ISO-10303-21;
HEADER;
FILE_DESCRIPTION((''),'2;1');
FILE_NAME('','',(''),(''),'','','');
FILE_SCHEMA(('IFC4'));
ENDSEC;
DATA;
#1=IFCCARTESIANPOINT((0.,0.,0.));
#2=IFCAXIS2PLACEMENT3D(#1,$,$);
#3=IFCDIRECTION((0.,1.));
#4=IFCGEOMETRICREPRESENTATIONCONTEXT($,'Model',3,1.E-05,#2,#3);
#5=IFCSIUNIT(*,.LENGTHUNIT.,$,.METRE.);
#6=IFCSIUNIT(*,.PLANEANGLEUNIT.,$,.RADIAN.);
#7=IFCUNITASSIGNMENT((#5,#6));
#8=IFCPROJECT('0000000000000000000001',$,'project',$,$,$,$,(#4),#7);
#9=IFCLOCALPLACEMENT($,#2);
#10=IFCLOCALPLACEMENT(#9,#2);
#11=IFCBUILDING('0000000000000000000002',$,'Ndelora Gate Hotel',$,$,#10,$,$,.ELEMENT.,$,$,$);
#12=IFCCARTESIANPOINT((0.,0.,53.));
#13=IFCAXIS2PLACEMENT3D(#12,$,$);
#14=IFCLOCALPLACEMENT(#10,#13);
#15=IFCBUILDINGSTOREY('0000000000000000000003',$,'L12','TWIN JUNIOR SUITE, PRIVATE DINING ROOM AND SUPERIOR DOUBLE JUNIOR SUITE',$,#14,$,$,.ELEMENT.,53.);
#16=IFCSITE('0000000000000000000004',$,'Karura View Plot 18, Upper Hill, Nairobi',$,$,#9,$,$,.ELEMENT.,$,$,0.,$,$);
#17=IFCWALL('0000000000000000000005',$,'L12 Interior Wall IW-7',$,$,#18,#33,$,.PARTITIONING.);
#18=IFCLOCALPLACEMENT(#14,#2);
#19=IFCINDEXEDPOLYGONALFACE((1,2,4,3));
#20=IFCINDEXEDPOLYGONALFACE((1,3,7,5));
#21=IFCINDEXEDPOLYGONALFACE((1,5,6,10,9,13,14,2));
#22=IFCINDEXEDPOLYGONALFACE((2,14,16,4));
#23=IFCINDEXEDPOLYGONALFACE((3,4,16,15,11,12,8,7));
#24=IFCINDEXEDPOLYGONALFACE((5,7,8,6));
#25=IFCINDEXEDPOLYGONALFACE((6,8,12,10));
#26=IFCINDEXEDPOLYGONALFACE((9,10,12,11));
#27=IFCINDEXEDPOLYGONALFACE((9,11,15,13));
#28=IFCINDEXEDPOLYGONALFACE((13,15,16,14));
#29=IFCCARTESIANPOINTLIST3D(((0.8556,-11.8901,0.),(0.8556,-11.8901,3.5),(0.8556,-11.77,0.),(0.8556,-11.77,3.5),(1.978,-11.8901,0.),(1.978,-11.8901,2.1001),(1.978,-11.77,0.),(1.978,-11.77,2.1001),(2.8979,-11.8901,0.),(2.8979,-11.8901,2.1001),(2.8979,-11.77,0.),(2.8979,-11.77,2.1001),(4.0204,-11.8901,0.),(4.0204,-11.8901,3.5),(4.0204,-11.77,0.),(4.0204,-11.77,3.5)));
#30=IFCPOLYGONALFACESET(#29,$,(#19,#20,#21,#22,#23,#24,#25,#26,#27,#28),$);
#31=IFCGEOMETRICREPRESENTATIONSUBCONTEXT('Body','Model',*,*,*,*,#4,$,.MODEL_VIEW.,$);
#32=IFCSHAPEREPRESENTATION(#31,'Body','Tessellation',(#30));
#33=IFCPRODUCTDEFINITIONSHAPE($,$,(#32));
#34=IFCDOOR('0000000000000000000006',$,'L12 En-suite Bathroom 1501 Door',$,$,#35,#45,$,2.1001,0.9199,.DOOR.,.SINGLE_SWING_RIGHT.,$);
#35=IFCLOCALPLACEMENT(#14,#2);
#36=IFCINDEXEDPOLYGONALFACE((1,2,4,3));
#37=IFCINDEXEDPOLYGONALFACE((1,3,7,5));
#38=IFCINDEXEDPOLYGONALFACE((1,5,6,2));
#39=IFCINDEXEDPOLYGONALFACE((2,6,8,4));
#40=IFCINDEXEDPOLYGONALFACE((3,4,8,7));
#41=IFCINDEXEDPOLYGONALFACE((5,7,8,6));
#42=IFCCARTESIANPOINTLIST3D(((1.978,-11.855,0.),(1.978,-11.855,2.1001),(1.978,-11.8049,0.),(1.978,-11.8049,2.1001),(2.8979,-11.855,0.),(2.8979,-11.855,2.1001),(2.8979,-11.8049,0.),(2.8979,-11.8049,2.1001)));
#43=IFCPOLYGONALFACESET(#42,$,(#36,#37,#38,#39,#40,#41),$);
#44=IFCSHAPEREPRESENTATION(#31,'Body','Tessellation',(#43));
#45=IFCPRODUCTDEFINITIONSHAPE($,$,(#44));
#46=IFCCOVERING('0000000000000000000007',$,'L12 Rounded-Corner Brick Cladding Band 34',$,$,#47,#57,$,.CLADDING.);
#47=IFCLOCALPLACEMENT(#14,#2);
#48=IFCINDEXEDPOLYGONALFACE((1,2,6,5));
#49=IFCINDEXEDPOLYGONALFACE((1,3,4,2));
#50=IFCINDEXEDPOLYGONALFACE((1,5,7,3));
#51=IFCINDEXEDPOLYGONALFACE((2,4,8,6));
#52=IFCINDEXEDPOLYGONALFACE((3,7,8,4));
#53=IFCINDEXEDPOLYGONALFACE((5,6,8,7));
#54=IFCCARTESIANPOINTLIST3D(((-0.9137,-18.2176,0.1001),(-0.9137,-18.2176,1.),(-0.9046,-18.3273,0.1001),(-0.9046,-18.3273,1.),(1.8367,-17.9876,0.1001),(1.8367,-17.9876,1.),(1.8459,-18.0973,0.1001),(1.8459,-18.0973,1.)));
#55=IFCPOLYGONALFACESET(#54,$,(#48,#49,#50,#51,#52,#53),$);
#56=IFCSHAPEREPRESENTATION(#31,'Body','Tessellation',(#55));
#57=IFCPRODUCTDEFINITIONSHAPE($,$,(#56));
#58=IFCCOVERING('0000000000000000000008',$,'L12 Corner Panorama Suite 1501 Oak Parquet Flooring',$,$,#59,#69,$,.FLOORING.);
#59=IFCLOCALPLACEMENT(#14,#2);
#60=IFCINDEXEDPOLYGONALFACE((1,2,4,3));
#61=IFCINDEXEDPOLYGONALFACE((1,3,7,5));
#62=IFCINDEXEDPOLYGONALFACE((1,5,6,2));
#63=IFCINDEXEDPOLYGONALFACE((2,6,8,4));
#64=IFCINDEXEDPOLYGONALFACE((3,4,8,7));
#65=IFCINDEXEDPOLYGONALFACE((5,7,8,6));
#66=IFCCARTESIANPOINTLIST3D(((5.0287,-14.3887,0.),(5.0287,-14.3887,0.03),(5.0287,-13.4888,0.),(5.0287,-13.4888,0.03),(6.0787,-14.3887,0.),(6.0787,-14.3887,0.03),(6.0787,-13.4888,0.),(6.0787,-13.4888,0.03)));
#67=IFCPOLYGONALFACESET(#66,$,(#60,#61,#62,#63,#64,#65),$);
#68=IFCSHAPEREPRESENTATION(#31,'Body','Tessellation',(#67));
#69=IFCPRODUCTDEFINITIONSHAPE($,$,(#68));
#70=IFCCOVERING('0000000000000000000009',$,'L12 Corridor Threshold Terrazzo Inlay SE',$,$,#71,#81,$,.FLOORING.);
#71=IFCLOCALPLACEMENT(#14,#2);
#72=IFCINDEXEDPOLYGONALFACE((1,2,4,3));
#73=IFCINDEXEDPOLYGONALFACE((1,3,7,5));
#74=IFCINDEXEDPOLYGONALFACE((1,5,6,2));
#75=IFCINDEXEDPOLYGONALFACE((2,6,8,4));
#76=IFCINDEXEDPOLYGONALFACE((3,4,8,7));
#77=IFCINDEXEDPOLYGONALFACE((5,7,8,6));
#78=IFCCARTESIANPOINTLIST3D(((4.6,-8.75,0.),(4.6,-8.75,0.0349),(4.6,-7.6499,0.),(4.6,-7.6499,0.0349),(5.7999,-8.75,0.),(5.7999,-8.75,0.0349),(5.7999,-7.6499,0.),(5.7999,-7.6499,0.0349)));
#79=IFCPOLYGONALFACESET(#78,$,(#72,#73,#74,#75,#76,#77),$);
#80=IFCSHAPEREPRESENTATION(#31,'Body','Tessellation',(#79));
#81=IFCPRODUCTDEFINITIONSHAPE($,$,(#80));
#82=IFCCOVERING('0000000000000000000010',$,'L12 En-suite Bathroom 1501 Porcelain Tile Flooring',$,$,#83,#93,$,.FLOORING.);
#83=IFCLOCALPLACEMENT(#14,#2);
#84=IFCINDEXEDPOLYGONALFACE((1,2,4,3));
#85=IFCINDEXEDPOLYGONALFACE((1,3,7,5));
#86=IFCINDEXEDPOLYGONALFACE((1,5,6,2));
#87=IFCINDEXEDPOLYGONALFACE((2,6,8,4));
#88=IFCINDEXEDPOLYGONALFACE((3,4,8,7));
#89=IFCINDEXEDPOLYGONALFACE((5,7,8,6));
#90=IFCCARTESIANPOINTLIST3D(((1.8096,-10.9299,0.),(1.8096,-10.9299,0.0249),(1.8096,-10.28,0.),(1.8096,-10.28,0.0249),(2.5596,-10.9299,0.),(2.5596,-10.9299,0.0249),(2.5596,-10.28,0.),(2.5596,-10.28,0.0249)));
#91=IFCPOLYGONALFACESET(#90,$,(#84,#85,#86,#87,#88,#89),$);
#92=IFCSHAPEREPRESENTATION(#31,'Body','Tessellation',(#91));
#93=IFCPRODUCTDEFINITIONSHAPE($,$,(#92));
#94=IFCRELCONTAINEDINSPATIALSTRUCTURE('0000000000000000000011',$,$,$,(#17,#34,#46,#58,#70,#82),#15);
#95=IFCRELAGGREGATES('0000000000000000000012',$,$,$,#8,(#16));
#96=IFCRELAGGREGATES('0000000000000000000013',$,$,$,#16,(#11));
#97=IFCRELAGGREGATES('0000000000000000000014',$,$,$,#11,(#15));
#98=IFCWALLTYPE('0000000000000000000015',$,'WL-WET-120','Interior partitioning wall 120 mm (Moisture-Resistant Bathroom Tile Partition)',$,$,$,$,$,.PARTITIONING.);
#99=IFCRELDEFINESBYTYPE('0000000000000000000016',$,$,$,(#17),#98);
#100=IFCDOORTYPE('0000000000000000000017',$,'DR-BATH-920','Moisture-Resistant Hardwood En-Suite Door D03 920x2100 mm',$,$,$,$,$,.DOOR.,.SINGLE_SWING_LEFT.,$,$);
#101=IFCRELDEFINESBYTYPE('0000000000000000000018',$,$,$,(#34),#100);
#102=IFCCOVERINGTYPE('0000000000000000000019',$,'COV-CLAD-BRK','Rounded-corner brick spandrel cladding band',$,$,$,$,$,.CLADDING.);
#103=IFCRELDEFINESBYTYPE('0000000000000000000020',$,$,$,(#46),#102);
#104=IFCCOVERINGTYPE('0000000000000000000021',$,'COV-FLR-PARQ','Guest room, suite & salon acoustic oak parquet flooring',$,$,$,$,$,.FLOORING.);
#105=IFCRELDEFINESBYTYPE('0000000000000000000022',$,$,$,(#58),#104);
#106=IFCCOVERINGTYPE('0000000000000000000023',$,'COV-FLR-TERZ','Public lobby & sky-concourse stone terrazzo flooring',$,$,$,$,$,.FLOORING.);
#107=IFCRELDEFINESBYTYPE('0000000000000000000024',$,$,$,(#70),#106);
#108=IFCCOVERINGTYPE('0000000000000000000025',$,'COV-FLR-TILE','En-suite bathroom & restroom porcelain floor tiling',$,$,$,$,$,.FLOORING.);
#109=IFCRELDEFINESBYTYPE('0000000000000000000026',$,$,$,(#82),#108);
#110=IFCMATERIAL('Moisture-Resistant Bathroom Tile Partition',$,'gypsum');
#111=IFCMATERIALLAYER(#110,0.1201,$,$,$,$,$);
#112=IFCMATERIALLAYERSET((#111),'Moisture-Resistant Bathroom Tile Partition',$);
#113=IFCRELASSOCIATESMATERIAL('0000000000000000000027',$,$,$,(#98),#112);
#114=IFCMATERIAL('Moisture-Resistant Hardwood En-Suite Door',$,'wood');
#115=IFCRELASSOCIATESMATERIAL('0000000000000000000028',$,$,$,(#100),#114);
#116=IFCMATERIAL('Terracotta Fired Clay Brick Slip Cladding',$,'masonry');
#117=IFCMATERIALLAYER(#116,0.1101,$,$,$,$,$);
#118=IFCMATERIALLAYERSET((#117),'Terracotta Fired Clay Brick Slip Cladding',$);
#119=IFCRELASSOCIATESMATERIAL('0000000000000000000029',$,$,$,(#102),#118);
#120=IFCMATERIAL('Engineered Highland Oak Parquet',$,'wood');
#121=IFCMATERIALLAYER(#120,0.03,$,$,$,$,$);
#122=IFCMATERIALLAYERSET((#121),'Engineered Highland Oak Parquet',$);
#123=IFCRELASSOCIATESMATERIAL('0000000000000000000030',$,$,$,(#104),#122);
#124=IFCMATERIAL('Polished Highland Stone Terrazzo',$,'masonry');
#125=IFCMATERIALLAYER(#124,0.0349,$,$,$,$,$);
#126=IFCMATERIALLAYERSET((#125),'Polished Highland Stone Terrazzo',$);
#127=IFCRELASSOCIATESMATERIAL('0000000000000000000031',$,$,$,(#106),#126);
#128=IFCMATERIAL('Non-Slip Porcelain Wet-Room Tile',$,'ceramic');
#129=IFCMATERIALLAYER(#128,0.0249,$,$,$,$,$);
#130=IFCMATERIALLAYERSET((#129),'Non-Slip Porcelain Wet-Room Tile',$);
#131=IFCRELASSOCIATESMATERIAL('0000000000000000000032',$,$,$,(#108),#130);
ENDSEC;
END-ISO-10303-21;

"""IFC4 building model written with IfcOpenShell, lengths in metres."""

from ifc_helpers import new_model, si_unit, direction, frame, frame_2d, origin, origin_2d, place, context, subcontext, project, spatial, rectangle, extrude, material, layer, layer_set, type_object, element, fill, save


model = new_model("IFC4")

# Units and contexts
model_context = context("Model", 3, precision=1e-05, world=origin(), true_north=direction((0.0, 1.0)))
body_context = subcontext(model_context, "Body", "Model", "MODEL_VIEW")
ifc_project = project(units=[si_unit("LENGTHUNIT", "METRE"), si_unit("PLANEANGLEUNIT", "RADIAN")], contexts=[model_context])

# Site, building, storey
site_placement = place(None, origin())
site = spatial("IfcSite", under=ifc_project, at=site_placement, Name="Karura View Plot 18, Upper Hill, Nairobi", CompositionType="ELEMENT", RefElevation=0.0)
building_placement = place(site_placement, origin())
building = spatial("IfcBuilding", under=site, at=building_placement, Name="Ndelora Gate Hotel", CompositionType="ELEMENT")
storey_placement = place(building_placement, frame((0.0, 0.0, 53.0)))
storey = spatial("IfcBuildingStorey", under=building, at=storey_placement, Name="L12", Description="TWIN JUNIOR SUITE, PRIVATE DINING ROOM AND SUPERIOR DOUBLE JUNIOR SUITE", CompositionType="ELEMENT", Elevation=53.0)

# Shared definitions
ifc_material_1 = material(Name="Moisture-Resistant Bathroom Tile Partition", Category="gypsum")
ifc_layer_1 = layer(ifc_material_1, 0.1201)
ifc_layer_set_1 = layer_set([ifc_layer_1], Name="Moisture-Resistant Bathroom Tile Partition")
wall_type_1 = type_object("IfcWallType", Name="WL-WET-120", Description="Interior partitioning wall 120 mm (Moisture-Resistant Bathroom Tile Partition)", PredefinedType="PARTITIONING", material=ifc_layer_set_1)

# Wall, opening, door
wall_1_placement = place(storey_placement, frame((4.0205, -11.8301, 0.0), z_axis=(0.0, 0.0, 1.0), x_axis=(-1.0, 0.0, 0.0)))
wall_1 = element("IfcWall", 1, at=wall_1_placement, inside=storey, type_object=wall_type_1, Name="L12 Interior Wall IW-7", PredefinedType="PARTITIONING", context=body_context, shape_type="SweptSolid", body=[
    extrude(rectangle(XDim=3.1648, YDim=0.1201, at=frame_2d((1.5825, 0.0))), origin(), (0.0, 0.0, 1.0), 3.5),
])
opening_1_placement = place(wall_1_placement, frame((1.1226, 0.0, 0.0)))
opening_1 = element("IfcOpeningElement", 2, at=opening_1_placement, cuts=wall_1, PredefinedType="OPENING", context=body_context, shape_type="SweptSolid", body=[
    extrude(rectangle(XDim=0.9199, YDim=2.1001, at=frame_2d((0.46, 1.05))), frame((0.0, 0.0701, 0.0), z_axis=(0.0, -1.0, 0.0), x_axis=(1.0, 0.0, 0.0)), (0.0, 0.0, 1.0), 0.1401),
])
ifc_material_2 = material(Name="Moisture-Resistant Hardwood En-Suite Door", Category="wood")
door_type = type_object("IfcDoorType", Name="DR-BATH-920", Description="Moisture-Resistant Hardwood En-Suite Door D03 920x2100 mm", OperationType="SINGLE_SWING_LEFT", PredefinedType="DOOR", material=ifc_material_2)
door_placement = place(opening_1_placement, origin())
door = element("IfcDoor", 3, at=door_placement, inside=storey, type_object=door_type, Name="L12 En-suite Bathroom 1501 Door", OperationType="SINGLE_SWING_RIGHT", OverallHeight=2.1001, OverallWidth=0.9199, PredefinedType="DOOR", context=body_context, shape_type="SweptSolid", body=[
    extrude(rectangle(XDim=0.9199, YDim=2.1001, at=frame_2d((0.46, 1.05))), frame((0.0, 0.0249, 0.0), z_axis=(0.0, -1.0, 0.0), x_axis=(1.0, 0.0, 0.0)), (0.0, 0.0, 1.0), 0.05),
])
fill(opening_1, door)

# Coverings
ifc_material_3 = material(Name="Terracotta Fired Clay Brick Slip Cladding", Category="masonry")
ifc_layer_2 = layer(ifc_material_3, 0.1101)
ifc_layer_set_2 = layer_set([ifc_layer_2], Name="Terracotta Fired Clay Brick Slip Cladding")
covering_type_1 = type_object("IfcCoveringType", Name="COV-CLAD-BRK", Description="Rounded-corner brick spandrel cladding band", PredefinedType="CLADDING", material=ifc_layer_set_2)
covering_1_placement = place(storey_placement, frame((0.4661, -18.1575, 0.1001), z_axis=(0.0, 0.0, 1.0), x_axis=(0.996522, 0.08333, 0.0)))
element("IfcCovering", 4, at=covering_1_placement, inside=storey, type_object=covering_type_1, Name="L12 Rounded-Corner Brick Cladding Band 34", PredefinedType="CLADDING", context=body_context, shape_type="SweptSolid", body=[
    extrude(rectangle(XDim=2.76, YDim=0.1101, at=origin_2d()), origin(), (0.0, 0.0, 1.0), 0.8999),
])
ifc_material_4 = material(Name="Engineered Highland Oak Parquet", Category="wood")
ifc_layer_3 = layer(ifc_material_4, 0.03)
ifc_layer_set_3 = layer_set([ifc_layer_3], Name="Engineered Highland Oak Parquet")
covering_type_2 = type_object("IfcCoveringType", Name="COV-FLR-PARQ", Description="Guest room, suite & salon acoustic oak parquet flooring", PredefinedType="FLOORING", material=ifc_layer_set_3)
covering_2_placement = place(storey_placement, frame((5.5537, -13.9387, 0.0), z_axis=(0.0, 0.0, 1.0), x_axis=(1.0, 0.0, 0.0)))
element("IfcCovering", 5, at=covering_2_placement, inside=storey, type_object=covering_type_2, Name="L12 Corner Panorama Suite 1501 Oak Parquet Flooring", PredefinedType="FLOORING", context=body_context, shape_type="SweptSolid", body=[
    extrude(rectangle(XDim=1.05, YDim=0.8999, at=origin_2d()), origin(), (0.0, 0.0, 1.0), 0.03),
])
ifc_material_5 = material(Name="Polished Highland Stone Terrazzo", Category="masonry")
ifc_layer_4 = layer(ifc_material_5, 0.0349)
ifc_layer_set_4 = layer_set([ifc_layer_4], Name="Polished Highland Stone Terrazzo")
covering_type_3 = type_object("IfcCoveringType", Name="COV-FLR-TERZ", Description="Public lobby & sky-concourse stone terrazzo flooring", PredefinedType="FLOORING", material=ifc_layer_set_4)
covering_3_placement = place(storey_placement, frame((5.2, -8.2, 0.0), z_axis=(0.0, 0.0, 1.0), x_axis=(1.0, 0.0, 0.0)))
element("IfcCovering", 6, at=covering_3_placement, inside=storey, type_object=covering_type_3, Name="L12 Corridor Threshold Terrazzo Inlay SE", PredefinedType="FLOORING", context=body_context, shape_type="SweptSolid", body=[
    extrude(rectangle(XDim=1.2, YDim=1.1001, at=origin_2d()), origin(), (0.0, 0.0, 1.0), 0.0349),
])
ifc_material_6 = material(Name="Non-Slip Porcelain Wet-Room Tile", Category="ceramic")
ifc_layer_5 = layer(ifc_material_6, 0.0249)
ifc_layer_set_5 = layer_set([ifc_layer_5], Name="Non-Slip Porcelain Wet-Room Tile")
covering_type_4 = type_object("IfcCoveringType", Name="COV-FLR-TILE", Description="En-suite bathroom & restroom porcelain floor tiling", PredefinedType="FLOORING", material=ifc_layer_set_5)
covering_4_placement = place(storey_placement, frame((2.1846, -10.605, 0.0), z_axis=(0.0, 0.0, 1.0), x_axis=(1.0, 0.0, 0.0)))
element("IfcCovering", 7, at=covering_4_placement, inside=storey, type_object=covering_type_4, Name="L12 En-suite Bathroom 1501 Porcelain Tile Flooring", PredefinedType="FLOORING", context=body_context, shape_type="SweptSolid", body=[
    extrude(rectangle(XDim=0.75, YDim=0.6499, at=origin_2d()), origin(), (0.0, 0.0, 1.0), 0.0249),
])

save(model, "model.ifc")
